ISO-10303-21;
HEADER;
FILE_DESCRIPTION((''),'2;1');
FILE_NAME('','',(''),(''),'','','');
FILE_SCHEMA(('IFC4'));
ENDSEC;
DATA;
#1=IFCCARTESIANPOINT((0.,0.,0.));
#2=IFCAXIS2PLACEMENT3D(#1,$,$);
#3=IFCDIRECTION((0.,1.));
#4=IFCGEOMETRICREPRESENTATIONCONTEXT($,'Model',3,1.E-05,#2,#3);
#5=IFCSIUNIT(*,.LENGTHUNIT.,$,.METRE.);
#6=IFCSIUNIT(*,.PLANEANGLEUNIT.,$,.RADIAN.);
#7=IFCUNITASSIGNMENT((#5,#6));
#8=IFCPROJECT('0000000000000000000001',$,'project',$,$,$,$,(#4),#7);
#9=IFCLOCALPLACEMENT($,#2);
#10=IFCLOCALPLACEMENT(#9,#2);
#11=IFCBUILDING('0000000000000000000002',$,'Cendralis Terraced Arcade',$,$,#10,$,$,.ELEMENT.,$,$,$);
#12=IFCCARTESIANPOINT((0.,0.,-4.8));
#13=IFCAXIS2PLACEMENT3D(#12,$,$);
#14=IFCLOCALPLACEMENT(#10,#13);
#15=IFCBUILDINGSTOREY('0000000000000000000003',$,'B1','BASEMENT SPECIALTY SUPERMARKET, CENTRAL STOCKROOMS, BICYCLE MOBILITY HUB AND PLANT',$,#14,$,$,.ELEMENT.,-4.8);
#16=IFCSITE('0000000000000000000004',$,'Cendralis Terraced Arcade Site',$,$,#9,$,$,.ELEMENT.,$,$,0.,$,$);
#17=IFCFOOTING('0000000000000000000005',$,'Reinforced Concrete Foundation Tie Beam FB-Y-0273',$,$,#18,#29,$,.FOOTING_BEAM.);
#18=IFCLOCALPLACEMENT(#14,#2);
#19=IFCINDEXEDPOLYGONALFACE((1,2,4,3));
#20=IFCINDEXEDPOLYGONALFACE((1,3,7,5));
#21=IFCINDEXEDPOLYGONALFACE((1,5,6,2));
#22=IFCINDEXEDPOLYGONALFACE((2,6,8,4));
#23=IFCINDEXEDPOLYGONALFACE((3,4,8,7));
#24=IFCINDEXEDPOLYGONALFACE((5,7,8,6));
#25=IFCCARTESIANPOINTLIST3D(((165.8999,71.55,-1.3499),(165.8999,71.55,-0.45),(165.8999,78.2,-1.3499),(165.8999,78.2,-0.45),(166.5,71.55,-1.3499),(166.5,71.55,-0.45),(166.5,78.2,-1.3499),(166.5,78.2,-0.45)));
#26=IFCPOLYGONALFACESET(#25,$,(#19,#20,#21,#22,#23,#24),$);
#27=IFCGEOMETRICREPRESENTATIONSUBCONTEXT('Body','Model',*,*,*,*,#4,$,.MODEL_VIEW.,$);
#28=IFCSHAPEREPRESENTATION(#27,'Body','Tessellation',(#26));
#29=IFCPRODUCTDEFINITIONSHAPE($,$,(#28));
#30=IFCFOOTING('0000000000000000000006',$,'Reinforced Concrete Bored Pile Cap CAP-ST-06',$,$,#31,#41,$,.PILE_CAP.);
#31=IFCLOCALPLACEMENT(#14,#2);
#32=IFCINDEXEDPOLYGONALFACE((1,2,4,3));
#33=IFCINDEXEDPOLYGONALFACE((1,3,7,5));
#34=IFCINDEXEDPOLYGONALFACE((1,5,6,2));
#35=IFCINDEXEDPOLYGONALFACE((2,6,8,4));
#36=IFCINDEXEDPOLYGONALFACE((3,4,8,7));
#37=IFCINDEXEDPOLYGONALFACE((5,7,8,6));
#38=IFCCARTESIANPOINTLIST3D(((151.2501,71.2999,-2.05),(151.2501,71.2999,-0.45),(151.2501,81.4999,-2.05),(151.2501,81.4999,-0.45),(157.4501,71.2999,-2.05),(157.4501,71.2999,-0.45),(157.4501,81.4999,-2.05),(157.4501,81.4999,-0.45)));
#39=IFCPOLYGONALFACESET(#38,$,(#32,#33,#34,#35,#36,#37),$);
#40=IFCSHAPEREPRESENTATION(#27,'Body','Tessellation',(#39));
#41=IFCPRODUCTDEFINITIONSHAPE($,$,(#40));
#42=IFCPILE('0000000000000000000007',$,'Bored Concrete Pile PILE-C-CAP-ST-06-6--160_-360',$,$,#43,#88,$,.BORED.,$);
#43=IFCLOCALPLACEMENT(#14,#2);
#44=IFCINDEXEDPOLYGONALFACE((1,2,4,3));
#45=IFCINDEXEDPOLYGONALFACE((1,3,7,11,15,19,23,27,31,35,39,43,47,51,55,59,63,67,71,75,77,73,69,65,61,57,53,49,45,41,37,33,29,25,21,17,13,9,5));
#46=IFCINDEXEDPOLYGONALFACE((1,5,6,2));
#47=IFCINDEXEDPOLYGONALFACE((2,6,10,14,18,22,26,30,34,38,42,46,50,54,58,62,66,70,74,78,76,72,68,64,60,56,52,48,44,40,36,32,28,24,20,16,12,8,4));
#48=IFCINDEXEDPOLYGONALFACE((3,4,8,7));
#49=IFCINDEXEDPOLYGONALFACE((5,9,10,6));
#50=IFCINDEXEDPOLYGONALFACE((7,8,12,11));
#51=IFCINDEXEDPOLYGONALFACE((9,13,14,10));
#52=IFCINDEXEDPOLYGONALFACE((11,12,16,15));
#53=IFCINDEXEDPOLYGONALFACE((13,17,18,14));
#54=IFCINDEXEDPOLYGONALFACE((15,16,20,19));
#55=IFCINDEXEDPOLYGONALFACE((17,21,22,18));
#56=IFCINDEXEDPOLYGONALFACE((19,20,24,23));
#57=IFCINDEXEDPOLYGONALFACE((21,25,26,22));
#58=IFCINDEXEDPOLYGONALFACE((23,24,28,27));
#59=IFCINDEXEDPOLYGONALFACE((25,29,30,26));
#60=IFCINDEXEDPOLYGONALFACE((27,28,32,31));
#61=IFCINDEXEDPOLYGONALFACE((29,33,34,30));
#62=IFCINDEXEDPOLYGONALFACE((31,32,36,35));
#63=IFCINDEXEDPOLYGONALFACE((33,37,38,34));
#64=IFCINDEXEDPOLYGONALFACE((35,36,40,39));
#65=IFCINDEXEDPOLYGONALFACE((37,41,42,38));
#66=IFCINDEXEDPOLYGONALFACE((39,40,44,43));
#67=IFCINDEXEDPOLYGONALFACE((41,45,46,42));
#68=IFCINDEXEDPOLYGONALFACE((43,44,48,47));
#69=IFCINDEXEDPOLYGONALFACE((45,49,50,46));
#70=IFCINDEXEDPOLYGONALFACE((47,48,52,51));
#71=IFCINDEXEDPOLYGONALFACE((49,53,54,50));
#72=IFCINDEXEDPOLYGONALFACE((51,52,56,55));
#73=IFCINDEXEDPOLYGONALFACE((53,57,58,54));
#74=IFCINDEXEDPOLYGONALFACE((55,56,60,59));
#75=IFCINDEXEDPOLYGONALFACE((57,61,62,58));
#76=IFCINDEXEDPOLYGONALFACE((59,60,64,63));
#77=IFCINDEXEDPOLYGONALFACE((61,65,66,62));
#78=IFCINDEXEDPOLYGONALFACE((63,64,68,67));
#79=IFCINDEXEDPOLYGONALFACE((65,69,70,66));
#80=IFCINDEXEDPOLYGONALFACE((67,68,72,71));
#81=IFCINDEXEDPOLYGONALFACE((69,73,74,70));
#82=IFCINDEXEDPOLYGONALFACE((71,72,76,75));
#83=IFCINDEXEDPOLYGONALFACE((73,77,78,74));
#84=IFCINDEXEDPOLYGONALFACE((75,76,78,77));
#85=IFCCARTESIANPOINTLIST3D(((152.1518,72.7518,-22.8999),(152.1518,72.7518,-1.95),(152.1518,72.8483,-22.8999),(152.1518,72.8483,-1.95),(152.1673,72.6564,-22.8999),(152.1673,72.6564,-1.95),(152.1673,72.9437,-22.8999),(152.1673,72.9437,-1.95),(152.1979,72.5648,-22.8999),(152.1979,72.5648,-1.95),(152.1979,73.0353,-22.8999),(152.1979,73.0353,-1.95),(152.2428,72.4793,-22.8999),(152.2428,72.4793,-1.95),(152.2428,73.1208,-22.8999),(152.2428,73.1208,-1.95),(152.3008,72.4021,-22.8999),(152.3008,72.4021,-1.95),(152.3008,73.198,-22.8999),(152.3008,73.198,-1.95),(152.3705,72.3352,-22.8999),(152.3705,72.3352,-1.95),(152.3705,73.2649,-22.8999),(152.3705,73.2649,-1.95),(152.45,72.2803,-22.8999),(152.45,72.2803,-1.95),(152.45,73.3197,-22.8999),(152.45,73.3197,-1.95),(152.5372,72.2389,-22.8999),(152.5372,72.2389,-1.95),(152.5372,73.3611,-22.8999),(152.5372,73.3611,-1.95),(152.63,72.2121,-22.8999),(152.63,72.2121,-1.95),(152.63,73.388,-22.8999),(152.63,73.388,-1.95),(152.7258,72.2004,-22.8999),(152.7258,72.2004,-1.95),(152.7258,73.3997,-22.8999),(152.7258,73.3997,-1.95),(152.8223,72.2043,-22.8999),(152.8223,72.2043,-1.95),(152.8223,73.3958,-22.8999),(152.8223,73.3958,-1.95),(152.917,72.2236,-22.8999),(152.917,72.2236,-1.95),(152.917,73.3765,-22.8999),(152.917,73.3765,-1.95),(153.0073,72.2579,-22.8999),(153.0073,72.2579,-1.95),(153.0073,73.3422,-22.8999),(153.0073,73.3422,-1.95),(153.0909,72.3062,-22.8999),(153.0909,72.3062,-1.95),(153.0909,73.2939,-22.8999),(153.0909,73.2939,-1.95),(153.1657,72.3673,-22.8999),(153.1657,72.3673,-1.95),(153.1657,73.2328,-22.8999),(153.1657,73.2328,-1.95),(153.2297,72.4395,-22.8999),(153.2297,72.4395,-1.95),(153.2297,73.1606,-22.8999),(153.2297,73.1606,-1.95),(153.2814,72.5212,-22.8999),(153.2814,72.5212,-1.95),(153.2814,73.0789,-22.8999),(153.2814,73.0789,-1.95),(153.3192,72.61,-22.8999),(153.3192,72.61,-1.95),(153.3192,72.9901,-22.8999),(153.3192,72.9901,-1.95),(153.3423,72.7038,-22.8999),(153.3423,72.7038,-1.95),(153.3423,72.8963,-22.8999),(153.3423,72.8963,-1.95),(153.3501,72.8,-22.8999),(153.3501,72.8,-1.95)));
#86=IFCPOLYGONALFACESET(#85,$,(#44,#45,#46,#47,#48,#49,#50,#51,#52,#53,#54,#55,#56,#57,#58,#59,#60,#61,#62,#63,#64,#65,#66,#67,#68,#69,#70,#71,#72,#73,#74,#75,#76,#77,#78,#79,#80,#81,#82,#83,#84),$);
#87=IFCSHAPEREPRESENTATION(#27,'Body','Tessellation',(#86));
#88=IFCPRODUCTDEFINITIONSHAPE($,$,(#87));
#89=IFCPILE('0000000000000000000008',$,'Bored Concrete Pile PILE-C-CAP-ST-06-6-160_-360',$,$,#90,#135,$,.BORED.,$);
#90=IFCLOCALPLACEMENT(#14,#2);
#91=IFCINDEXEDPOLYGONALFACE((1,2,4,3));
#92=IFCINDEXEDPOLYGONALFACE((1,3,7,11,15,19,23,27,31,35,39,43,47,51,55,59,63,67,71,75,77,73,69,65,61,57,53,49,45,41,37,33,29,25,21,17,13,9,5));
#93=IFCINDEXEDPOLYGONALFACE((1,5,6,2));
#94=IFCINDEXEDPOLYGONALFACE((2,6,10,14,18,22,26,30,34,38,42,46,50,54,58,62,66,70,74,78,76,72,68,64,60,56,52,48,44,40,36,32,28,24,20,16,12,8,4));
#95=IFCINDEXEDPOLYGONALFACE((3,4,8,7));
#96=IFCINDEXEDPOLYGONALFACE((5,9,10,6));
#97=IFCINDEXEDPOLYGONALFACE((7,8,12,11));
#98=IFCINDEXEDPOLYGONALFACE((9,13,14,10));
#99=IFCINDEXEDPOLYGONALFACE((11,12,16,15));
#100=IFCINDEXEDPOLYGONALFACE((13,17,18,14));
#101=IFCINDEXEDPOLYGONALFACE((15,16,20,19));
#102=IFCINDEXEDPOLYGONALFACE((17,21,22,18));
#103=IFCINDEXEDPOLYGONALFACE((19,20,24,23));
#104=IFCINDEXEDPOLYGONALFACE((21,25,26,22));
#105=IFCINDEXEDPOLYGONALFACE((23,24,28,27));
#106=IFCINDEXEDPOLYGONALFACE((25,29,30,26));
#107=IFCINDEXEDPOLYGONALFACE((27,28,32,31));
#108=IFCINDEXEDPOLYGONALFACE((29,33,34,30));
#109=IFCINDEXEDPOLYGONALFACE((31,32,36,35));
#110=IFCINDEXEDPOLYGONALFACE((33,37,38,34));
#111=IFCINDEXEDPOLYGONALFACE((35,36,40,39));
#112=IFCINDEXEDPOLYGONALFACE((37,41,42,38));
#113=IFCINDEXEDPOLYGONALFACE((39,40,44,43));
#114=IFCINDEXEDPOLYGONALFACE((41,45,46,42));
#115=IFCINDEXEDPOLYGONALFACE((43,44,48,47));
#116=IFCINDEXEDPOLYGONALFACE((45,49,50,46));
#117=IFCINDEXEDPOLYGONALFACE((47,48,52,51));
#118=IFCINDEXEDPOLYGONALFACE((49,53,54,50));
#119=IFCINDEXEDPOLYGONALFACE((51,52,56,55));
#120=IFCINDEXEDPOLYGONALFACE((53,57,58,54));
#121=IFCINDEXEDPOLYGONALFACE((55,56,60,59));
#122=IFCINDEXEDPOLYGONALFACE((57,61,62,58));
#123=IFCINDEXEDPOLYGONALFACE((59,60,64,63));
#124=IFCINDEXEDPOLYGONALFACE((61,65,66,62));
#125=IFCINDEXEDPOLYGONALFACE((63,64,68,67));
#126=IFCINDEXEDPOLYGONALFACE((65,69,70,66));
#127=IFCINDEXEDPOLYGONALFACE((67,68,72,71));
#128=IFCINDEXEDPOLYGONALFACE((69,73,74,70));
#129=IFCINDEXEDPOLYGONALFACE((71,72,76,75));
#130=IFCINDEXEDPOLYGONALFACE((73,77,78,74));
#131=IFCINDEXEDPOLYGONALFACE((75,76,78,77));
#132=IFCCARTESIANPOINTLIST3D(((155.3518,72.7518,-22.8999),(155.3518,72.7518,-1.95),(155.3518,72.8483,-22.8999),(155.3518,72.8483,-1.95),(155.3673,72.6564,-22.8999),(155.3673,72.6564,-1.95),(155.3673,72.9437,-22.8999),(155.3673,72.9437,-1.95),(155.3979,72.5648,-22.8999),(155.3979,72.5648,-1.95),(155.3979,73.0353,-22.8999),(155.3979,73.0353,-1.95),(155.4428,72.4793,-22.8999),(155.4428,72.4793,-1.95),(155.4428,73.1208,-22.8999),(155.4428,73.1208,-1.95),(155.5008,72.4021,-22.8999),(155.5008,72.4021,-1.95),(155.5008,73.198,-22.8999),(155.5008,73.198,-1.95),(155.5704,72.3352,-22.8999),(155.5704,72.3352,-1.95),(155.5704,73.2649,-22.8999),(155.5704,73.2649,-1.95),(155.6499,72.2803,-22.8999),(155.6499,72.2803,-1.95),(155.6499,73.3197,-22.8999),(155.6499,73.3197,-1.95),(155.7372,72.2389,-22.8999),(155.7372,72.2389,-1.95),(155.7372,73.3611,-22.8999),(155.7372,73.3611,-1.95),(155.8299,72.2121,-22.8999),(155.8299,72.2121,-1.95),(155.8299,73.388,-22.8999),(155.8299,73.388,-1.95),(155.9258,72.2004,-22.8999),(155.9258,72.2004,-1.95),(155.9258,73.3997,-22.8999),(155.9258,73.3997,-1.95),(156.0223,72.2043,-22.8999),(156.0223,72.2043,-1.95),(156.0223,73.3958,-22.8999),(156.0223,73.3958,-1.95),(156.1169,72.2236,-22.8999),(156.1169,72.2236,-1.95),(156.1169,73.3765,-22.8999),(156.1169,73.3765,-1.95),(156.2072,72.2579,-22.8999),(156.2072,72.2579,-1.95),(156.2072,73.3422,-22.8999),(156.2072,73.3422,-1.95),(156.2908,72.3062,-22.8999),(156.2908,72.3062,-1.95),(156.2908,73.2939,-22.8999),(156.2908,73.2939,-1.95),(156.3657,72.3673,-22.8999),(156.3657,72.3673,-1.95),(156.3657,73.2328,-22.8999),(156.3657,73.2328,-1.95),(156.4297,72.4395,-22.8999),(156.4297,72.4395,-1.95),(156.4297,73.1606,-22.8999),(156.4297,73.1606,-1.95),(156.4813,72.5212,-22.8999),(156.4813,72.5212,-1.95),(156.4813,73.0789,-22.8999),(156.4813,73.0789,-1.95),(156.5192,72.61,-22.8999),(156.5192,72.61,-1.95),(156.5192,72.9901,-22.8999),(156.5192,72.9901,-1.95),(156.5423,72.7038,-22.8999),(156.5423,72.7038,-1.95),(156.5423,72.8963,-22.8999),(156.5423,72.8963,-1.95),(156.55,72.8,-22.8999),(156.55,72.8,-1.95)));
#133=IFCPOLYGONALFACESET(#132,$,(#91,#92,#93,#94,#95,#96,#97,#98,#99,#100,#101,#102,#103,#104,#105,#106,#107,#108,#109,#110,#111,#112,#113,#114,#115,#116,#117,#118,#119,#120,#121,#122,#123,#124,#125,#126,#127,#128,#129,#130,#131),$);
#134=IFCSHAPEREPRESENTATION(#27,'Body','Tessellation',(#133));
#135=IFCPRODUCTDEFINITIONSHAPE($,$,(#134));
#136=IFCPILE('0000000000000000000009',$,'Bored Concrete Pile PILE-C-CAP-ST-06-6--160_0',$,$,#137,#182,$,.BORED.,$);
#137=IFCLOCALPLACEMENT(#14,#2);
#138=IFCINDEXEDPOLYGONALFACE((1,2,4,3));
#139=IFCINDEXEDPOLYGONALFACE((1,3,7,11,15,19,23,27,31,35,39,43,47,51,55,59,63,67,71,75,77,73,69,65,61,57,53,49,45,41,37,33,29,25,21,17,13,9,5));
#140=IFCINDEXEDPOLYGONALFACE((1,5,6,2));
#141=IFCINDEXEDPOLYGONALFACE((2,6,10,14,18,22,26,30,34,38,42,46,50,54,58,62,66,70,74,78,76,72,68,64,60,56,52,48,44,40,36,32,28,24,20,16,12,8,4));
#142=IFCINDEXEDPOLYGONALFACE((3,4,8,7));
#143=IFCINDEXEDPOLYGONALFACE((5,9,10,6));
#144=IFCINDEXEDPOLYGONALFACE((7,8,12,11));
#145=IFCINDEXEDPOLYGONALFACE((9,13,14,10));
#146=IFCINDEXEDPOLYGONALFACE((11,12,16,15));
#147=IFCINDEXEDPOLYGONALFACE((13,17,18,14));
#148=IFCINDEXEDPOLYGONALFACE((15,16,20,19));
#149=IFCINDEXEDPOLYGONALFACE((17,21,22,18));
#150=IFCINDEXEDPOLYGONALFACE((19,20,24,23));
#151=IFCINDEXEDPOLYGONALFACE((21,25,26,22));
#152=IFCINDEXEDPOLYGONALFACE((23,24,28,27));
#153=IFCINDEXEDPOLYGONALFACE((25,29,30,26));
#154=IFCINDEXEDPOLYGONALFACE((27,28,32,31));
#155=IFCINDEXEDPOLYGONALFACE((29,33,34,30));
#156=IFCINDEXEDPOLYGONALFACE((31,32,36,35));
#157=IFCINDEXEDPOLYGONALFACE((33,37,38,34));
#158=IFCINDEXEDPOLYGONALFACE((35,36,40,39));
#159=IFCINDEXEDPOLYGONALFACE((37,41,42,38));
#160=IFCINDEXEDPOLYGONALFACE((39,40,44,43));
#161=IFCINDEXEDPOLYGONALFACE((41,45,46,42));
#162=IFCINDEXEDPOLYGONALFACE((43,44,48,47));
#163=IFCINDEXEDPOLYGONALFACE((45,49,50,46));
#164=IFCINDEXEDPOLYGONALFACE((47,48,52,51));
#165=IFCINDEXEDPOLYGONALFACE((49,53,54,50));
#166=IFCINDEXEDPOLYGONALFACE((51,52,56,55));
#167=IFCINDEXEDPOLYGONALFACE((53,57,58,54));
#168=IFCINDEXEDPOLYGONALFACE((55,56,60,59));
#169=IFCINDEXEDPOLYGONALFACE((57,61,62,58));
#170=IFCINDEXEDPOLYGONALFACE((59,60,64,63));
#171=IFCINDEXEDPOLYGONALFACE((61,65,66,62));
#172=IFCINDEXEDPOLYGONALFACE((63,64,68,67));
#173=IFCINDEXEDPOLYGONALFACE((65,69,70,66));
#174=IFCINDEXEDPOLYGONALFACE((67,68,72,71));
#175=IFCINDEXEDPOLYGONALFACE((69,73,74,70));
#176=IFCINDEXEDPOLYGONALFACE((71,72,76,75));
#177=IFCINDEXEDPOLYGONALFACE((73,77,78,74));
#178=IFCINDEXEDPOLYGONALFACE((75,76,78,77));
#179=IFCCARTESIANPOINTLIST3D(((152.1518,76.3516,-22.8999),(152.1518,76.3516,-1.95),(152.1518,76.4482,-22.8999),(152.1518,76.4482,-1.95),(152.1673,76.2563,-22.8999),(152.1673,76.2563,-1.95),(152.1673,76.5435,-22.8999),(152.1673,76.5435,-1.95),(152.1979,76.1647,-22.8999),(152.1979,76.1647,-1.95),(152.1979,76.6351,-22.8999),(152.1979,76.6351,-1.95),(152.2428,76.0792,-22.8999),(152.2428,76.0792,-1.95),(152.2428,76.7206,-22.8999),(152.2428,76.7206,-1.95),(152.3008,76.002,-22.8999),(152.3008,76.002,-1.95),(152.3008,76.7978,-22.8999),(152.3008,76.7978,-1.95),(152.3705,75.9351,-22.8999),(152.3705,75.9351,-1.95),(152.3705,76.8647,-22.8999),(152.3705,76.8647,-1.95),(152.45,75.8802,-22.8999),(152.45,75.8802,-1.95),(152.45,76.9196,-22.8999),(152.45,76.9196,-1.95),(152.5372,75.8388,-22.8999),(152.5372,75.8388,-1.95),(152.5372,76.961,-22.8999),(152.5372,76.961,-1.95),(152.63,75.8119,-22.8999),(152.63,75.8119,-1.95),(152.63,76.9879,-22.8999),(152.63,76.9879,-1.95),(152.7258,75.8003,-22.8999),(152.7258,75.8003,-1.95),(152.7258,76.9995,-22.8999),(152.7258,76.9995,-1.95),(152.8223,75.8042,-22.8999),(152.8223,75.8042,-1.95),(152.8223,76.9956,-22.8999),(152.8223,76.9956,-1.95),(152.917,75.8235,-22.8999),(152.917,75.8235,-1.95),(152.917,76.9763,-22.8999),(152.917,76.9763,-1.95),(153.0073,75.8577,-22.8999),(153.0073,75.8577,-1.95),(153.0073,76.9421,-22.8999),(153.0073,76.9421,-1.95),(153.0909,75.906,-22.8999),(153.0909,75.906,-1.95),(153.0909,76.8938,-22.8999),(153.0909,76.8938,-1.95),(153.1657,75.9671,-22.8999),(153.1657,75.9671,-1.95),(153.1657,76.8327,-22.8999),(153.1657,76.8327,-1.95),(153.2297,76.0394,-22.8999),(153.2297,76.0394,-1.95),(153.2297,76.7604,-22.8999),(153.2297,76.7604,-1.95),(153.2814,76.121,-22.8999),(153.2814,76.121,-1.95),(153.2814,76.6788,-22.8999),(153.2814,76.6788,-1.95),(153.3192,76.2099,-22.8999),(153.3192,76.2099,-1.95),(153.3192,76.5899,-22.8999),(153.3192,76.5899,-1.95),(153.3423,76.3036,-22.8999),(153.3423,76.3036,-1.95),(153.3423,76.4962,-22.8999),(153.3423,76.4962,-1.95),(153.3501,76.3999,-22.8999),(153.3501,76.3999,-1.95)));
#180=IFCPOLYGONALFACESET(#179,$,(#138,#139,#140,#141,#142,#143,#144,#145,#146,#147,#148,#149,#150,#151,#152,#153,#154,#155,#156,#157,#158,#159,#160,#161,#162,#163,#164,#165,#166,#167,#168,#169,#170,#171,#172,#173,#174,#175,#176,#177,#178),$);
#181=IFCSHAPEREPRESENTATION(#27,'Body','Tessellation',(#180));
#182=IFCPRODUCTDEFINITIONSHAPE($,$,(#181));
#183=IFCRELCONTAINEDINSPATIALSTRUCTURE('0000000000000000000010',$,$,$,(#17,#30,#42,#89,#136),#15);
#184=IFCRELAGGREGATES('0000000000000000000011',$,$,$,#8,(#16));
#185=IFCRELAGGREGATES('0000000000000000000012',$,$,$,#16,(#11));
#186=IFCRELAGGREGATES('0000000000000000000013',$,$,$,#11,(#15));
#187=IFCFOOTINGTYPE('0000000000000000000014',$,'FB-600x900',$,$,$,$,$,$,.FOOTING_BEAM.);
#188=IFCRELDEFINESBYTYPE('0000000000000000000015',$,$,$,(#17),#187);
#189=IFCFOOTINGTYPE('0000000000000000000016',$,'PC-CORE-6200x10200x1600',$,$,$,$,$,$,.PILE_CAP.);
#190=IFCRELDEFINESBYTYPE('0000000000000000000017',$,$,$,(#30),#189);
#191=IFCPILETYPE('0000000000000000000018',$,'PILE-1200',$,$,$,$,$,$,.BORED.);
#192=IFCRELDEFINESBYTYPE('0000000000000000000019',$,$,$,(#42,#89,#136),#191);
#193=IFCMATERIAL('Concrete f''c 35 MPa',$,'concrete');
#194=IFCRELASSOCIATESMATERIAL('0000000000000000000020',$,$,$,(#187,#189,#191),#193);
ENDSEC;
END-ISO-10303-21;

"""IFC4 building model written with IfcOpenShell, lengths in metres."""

from ifc_helpers import new_model, si_unit, direction, frame, origin, origin_2d, place, context, subcontext, project, spatial, rectangle, circle, extrude, material, material_profile, profile_set, type_object, element, save


model = new_model("IFC4")

# Units and contexts
model_context = context("Model", 3, precision=1e-05, world=origin(), true_north=direction((0.0, 1.0)))
body_context = subcontext(model_context, "Body", "Model", "MODEL_VIEW")
ifc_project = project(units=[si_unit("LENGTHUNIT", "METRE"), si_unit("PLANEANGLEUNIT", "RADIAN")], contexts=[model_context])

# Site, building, storey
site_placement = place(None, origin())
site = spatial("IfcSite", under=ifc_project, at=site_placement, Name="Cendralis Terraced Arcade Site", CompositionType="ELEMENT", RefElevation=0.0)
building_placement = place(site_placement, origin())
building = spatial("IfcBuilding", under=site, at=building_placement, Name="Cendralis Terraced Arcade", CompositionType="ELEMENT")
storey_placement = place(building_placement, frame((0.0, 0.0, -4.8)))
storey = spatial("IfcBuildingStorey", under=building, at=storey_placement, Name="B1", Description="BASEMENT SPECIALTY SUPERMARKET, CENTRAL STOCKROOMS, BICYCLE MOBILITY HUB AND PLANT", CompositionType="ELEMENT", Elevation=-4.8)

# Footings
ifc_material_1 = material(Name="Concrete f'c 35 MPa", Category="concrete")
ifc_material_profile_1 = material_profile(ifc_material_1, rectangle(XDim=0.6001, YDim=0.8999, at=origin_2d()), Name="FB-600x900", Category="LoadBearing")
ifc_profile_set_1 = profile_set([ifc_material_profile_1], Name="Concrete f'c 35 MPa")
footing_type_1 = type_object("IfcFootingType", Name="FB-600x900", PredefinedType="FOOTING_BEAM", material=ifc_profile_set_1)
footing_1_placement = place(storey_placement, frame((166.2, 71.55, -0.8999), z_axis=(0.0, 1.0, 0.0), x_axis=(-1.0, 0.0, 0.0)))
element("IfcFooting", 1, at=footing_1_placement, inside=storey, type_object=footing_type_1, Name="Reinforced Concrete Foundation Tie Beam FB-Y-0273", PredefinedType="FOOTING_BEAM", context=body_context, shape_type="SweptSolid", body=[
    extrude(rectangle(XDim=0.6001, YDim=0.8999, at=origin_2d()), origin(), (0.0, 0.0, 1.0), 6.6499),
])
footing_type_2 = type_object("IfcFootingType", Name="PC-CORE-6200x10200x1600", PredefinedType="PILE_CAP", material=ifc_material_1)
footing_2_placement = place(storey_placement, frame((154.3501, 76.3999, -2.05), z_axis=(0.0, 0.0, 1.0), x_axis=(1.0, 0.0, 0.0)))
element("IfcFooting", 2, at=footing_2_placement, inside=storey, type_object=footing_type_2, Name="Reinforced Concrete Bored Pile Cap CAP-ST-06", PredefinedType="PILE_CAP", context=body_context, shape_type="SweptSolid", body=[
    extrude(rectangle(XDim=6.2, YDim=10.2, at=origin_2d()), origin(), (0.0, 0.0, 1.0), 1.6001),
])

# Piles
ifc_material_profile_2 = material_profile(ifc_material_1, circle(Radius=0.6001, at=origin_2d()), Name="PILE-D1200", Category="LoadBearing")
ifc_profile_set_2 = profile_set([ifc_material_profile_2], Name="Concrete f'c 35 MPa")
pile_type_1 = type_object("IfcPileType", Name="PILE-1200", PredefinedType="BORED", material=ifc_profile_set_2)
for number, where, z_axis, x_axis, name in (
    (3, (152.75, 72.8, -1.95), (0.0, 0.0, -1.0), (1.0, 0.0, 0.0), "Bored Concrete Pile PILE-C-CAP-ST-06-6--160_-360"),
    (4, (155.95, 72.8, -1.95), (0.0, 0.0, -1.0), (1.0, 0.0, 0.0), "Bored Concrete Pile PILE-C-CAP-ST-06-6-160_-360"),
    (5, (152.75, 76.3999, -1.95), (0.0, 0.0, -1.0), (1.0, 0.0, 0.0), "Bored Concrete Pile PILE-C-CAP-ST-06-6--160_0"),
):
    element("IfcPile", number, at=place(storey_placement, frame(where, z_axis=z_axis, x_axis=x_axis)), inside=storey, type_object=pile_type_1, Name=name, PredefinedType="BORED", context=body_context, shape_type="SweptSolid", body=[
        extrude(circle(Radius=0.6001, at=origin_2d()), origin(), (0.0, 0.0, 1.0), 20.95),
    ])

save(model, "model.ifc")
